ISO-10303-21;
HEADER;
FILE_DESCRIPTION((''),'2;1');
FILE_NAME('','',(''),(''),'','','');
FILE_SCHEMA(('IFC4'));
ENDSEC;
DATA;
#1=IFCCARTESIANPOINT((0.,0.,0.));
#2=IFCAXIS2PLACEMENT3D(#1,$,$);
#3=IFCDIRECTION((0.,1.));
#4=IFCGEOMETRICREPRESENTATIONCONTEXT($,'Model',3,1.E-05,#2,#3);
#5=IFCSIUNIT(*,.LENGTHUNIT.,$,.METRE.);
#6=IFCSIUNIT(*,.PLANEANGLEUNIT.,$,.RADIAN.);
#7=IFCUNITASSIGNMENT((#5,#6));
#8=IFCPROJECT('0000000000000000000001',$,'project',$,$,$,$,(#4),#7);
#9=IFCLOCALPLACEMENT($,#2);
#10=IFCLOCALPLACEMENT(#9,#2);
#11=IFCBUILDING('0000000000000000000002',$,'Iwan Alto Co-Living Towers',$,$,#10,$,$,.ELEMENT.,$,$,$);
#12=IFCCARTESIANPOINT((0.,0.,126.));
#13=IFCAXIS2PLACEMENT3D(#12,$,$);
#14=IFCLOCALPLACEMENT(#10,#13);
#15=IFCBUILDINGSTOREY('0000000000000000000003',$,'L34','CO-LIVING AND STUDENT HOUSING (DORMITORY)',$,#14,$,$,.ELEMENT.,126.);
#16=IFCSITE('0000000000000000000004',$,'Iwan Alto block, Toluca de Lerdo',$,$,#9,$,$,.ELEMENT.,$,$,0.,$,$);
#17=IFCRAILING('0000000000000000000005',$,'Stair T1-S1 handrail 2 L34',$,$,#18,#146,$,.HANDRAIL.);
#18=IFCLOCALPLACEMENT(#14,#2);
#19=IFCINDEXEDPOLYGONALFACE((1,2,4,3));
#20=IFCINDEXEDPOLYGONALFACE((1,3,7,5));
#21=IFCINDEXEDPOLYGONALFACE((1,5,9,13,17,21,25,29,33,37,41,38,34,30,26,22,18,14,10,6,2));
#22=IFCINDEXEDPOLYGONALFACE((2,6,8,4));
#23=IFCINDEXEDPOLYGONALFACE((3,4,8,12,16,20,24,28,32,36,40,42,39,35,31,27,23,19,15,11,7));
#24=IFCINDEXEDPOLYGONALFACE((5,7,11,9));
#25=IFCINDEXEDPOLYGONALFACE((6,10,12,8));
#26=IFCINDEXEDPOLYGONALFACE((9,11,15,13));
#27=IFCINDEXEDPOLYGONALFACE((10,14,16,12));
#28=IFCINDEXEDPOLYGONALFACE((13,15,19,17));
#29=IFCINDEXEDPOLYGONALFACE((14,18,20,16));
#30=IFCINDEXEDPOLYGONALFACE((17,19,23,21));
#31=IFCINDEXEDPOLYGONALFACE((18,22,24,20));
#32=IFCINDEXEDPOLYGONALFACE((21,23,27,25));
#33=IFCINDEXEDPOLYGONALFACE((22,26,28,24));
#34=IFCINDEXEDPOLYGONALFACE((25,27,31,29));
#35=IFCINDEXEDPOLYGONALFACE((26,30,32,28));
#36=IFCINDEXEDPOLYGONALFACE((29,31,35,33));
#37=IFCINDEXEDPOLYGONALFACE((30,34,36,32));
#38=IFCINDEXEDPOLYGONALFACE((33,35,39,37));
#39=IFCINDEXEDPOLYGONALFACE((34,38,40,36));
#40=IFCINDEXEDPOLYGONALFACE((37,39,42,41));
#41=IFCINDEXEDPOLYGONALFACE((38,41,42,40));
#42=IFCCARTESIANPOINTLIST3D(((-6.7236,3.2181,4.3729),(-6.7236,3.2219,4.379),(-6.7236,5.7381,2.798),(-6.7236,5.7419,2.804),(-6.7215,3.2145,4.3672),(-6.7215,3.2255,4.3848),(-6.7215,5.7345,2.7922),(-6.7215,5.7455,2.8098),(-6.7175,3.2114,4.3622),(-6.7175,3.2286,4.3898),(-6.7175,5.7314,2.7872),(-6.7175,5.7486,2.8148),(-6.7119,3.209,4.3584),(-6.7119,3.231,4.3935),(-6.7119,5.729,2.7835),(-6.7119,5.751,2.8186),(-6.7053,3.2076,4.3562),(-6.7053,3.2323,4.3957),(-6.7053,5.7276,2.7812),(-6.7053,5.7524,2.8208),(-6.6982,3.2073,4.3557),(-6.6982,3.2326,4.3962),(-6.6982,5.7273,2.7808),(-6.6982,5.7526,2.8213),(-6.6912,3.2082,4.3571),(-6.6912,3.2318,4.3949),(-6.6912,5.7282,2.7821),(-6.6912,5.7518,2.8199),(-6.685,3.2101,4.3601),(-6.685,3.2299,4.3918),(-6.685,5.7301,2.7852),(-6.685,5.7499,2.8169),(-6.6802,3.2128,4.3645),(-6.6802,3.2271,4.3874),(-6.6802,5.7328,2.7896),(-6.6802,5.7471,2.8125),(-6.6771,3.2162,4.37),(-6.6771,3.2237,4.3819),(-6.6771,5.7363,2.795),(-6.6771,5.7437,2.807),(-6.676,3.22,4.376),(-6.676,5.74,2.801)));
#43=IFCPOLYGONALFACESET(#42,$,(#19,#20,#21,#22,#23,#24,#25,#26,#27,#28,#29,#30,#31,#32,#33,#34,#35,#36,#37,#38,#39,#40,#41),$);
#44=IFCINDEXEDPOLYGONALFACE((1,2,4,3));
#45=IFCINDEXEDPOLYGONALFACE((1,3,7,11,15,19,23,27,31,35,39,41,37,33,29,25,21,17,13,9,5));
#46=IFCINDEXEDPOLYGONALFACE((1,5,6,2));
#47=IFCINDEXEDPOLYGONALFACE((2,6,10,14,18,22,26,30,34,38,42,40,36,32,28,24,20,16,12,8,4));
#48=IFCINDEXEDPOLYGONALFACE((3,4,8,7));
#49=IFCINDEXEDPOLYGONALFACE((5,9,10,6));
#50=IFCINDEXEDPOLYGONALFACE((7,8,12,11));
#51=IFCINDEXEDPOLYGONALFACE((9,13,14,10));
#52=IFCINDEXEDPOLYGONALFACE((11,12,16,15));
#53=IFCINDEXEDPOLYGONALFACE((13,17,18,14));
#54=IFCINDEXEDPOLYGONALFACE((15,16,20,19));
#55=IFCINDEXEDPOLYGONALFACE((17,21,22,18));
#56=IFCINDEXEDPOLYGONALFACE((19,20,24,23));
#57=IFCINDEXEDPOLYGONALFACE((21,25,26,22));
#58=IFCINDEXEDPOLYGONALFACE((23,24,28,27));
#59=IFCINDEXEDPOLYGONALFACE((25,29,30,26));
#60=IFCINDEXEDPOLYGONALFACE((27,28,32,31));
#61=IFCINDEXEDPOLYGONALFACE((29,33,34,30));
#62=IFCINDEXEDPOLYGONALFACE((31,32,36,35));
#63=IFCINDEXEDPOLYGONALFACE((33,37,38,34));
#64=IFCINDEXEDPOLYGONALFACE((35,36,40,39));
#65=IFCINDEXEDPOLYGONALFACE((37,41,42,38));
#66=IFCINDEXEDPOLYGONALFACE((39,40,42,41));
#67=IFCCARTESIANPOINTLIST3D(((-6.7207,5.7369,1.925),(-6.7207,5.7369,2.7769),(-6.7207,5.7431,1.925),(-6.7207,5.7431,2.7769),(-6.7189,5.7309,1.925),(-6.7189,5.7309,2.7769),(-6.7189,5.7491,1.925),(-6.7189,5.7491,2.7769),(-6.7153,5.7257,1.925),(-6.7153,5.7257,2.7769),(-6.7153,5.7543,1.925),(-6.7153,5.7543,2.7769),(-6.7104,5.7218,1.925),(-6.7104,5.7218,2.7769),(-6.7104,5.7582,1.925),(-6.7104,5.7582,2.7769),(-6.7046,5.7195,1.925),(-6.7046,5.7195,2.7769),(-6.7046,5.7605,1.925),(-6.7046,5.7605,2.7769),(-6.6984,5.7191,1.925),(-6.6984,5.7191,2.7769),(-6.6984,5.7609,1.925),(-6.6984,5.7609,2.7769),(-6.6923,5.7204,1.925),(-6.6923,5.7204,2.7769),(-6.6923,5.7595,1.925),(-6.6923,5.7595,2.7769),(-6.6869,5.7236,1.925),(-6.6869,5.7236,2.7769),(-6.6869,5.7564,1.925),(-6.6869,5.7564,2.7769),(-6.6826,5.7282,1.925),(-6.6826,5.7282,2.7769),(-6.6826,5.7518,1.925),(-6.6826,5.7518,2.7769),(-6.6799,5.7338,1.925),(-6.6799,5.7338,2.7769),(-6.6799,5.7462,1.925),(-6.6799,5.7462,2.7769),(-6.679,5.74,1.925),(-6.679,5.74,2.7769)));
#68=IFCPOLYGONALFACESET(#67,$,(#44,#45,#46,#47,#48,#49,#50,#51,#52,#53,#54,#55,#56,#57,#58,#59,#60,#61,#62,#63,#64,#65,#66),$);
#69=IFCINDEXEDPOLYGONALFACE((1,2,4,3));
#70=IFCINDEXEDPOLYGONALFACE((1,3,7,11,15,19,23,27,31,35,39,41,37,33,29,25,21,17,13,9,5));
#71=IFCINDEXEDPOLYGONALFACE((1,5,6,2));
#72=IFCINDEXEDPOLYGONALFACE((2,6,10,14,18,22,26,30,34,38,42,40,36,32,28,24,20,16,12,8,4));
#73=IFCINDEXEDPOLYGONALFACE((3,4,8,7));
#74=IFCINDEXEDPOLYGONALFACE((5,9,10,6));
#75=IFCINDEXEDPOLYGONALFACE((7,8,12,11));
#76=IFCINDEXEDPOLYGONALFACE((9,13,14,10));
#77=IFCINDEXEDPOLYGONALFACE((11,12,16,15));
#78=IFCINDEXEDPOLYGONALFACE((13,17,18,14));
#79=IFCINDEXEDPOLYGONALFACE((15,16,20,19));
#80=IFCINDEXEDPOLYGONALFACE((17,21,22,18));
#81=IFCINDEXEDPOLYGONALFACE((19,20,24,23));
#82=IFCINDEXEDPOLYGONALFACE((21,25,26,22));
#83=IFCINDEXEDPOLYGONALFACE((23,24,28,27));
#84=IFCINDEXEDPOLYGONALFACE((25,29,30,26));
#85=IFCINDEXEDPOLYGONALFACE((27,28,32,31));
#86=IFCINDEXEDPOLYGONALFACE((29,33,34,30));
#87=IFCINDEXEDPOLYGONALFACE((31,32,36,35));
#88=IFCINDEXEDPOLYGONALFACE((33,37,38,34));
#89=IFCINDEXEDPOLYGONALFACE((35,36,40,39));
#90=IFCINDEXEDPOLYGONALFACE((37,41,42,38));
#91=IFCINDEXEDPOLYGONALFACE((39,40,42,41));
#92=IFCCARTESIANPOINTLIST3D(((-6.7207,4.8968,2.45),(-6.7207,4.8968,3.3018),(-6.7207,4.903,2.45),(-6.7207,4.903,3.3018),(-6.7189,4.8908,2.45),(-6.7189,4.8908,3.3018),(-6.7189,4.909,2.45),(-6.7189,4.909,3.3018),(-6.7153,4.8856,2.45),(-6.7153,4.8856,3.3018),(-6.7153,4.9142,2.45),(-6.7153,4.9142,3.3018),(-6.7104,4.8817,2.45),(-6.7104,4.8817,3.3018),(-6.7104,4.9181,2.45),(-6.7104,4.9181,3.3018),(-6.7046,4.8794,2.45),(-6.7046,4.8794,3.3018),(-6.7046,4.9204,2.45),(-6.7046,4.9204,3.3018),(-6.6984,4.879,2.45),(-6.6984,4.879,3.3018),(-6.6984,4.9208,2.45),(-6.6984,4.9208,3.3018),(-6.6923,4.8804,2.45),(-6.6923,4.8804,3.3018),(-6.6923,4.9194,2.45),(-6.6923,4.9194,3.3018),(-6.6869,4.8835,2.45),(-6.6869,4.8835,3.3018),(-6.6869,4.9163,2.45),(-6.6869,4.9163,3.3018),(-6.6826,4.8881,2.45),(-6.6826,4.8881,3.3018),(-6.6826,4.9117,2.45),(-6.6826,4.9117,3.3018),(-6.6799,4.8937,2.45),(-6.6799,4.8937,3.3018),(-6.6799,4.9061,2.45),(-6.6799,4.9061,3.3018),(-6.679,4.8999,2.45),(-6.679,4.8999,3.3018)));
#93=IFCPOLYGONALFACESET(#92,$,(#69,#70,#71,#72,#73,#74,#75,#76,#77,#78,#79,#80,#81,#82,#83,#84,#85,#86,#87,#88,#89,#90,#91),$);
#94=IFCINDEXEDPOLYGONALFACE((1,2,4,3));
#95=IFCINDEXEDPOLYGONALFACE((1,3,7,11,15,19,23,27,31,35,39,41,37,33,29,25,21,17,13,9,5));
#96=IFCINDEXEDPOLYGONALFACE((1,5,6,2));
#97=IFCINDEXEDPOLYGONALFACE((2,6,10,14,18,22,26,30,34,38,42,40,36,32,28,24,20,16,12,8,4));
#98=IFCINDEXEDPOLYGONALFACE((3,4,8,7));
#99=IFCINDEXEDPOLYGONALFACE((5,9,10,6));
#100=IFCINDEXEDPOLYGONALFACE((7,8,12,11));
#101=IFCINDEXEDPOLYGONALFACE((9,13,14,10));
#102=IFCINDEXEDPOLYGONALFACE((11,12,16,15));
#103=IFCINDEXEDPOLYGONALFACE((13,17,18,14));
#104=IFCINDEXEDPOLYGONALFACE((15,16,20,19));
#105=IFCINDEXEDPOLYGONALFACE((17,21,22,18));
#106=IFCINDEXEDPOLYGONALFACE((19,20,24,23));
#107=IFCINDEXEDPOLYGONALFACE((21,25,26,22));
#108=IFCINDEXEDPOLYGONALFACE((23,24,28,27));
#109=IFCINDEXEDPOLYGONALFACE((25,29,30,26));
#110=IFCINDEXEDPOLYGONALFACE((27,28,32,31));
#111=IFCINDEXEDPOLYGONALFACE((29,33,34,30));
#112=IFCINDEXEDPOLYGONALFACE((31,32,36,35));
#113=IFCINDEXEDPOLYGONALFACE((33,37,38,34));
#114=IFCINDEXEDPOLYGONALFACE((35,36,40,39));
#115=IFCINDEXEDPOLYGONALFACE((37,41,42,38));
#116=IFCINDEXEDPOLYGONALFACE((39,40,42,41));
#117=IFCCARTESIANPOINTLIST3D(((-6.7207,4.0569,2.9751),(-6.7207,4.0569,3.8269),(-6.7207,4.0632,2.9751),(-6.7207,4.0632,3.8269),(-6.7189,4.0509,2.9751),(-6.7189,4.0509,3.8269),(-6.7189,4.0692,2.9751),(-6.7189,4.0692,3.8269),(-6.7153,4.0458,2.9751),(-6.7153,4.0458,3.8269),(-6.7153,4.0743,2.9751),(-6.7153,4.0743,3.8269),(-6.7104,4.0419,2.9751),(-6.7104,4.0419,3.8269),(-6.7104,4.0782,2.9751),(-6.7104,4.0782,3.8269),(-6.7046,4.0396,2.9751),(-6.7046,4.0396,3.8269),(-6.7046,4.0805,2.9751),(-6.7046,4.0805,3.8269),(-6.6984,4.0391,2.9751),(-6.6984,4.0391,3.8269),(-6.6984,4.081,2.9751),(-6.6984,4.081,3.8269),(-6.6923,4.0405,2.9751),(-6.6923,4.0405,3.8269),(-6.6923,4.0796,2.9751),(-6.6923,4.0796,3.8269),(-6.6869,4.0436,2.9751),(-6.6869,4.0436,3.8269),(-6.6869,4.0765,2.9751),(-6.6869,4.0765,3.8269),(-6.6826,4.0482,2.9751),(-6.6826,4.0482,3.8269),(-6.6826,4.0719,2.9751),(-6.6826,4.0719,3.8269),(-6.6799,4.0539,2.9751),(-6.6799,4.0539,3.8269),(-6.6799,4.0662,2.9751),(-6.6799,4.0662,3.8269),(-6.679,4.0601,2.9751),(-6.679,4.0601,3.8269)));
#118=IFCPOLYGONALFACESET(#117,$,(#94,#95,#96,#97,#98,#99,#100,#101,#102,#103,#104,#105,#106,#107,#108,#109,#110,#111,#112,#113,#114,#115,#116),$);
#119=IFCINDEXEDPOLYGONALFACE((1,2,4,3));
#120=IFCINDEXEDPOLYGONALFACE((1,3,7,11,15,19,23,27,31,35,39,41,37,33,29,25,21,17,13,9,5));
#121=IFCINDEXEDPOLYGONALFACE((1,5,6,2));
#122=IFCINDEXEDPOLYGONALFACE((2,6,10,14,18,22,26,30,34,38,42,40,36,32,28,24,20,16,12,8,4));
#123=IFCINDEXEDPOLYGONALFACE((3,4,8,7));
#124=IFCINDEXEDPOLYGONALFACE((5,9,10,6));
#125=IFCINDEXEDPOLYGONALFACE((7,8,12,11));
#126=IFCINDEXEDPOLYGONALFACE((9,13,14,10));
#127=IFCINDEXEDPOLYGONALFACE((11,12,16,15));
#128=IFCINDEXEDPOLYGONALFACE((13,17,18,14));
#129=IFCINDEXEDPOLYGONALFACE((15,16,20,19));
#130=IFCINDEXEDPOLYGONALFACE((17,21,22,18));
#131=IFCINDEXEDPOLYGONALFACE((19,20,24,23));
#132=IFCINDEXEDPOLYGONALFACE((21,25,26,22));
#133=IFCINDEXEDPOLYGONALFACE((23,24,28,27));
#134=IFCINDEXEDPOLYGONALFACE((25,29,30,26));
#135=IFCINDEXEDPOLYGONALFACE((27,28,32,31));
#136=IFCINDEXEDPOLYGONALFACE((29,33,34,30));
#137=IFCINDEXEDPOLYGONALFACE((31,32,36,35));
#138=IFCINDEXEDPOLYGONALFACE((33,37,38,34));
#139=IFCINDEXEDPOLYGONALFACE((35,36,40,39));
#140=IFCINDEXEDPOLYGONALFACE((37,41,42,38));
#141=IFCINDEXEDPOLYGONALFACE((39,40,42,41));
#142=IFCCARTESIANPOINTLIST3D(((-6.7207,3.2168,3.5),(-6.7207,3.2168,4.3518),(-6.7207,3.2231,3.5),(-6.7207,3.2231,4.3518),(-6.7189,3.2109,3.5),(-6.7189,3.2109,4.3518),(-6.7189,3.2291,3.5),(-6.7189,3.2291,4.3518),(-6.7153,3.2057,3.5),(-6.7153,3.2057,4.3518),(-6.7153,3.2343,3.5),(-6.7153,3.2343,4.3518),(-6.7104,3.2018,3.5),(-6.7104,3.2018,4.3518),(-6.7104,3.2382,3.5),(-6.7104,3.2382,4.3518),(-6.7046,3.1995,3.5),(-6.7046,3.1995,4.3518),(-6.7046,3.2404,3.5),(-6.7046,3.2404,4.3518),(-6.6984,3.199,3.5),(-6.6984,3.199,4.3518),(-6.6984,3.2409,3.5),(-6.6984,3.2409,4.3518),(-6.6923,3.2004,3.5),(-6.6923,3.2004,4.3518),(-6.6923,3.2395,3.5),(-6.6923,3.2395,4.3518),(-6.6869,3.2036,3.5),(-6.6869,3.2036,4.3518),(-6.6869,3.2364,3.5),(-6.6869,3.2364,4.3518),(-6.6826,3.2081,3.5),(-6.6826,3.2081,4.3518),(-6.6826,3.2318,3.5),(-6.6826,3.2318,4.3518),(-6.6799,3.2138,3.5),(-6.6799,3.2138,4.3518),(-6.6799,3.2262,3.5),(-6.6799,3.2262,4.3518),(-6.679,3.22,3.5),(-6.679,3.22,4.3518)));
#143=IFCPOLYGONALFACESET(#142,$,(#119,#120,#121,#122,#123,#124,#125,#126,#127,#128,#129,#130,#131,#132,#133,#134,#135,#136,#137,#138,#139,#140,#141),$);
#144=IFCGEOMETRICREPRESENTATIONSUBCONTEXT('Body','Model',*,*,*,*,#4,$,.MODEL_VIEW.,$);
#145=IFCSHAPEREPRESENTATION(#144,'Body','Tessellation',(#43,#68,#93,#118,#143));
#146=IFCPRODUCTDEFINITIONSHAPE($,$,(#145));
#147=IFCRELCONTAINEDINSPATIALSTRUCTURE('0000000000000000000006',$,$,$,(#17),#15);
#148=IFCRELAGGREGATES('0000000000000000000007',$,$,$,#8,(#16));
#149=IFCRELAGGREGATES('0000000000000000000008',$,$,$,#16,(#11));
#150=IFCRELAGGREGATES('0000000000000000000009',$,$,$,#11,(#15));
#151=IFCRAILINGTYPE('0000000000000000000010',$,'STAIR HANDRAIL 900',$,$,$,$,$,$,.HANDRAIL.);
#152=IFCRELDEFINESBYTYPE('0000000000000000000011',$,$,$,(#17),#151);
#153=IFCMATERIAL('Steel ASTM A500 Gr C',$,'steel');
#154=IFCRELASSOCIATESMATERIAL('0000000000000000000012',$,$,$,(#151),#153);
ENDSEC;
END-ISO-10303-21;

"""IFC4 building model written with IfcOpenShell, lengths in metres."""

from ifc_helpers import new_model, si_unit, direction, frame, origin, origin_2d, place, context, subcontext, project, spatial, circle, extrude, material, type_object, element, save


model = new_model("IFC4")

# Units and contexts
model_context = context("Model", 3, precision=1e-05, world=origin(), true_north=direction((0.0, 1.0)))
body_context = subcontext(model_context, "Body", "Model", "MODEL_VIEW")
ifc_project = project(units=[si_unit("LENGTHUNIT", "METRE"), si_unit("PLANEANGLEUNIT", "RADIAN")], contexts=[model_context])

# Site, building, storey
site_placement = place(None, origin())
site = spatial("IfcSite", under=ifc_project, at=site_placement, Name="Iwan Alto block, Toluca de Lerdo", CompositionType="ELEMENT", RefElevation=0.0)
building_placement = place(site_placement, origin())
building = spatial("IfcBuilding", under=site, at=building_placement, Name="Iwan Alto Co-Living Towers", CompositionType="ELEMENT")
storey_placement = place(building_placement, frame((0.0, 0.0, 126.0)))
storey = spatial("IfcBuildingStorey", under=building, at=storey_placement, Name="L34", Description="CO-LIVING AND STUDENT HOUSING (DORMITORY)", CompositionType="ELEMENT", Elevation=126.0)

# Railing
ifc_material_1 = material(Name="Steel ASTM A500 Gr C", Category="steel")
railing_type_1 = type_object("IfcRailingType", Name="STAIR HANDRAIL 900", PredefinedType="HANDRAIL", material=ifc_material_1)
railing_1_placement = place(storey_placement, frame((-6.7, 5.74, 1.925)))
element("IfcRailing", 1, at=railing_1_placement, inside=storey, type_object=railing_type_1, Name="Stair T1-S1 handrail 2 L34", PredefinedType="HANDRAIL", context=body_context, shape_type="SweptSolid", body=[
    extrude(circle(Radius=0.0239, at=origin_2d()), frame((0.0, 0.0, 0.876), z_axis=(0.0, -0.848008, 0.529984), x_axis=(1.0, 0.0, 0.0)), (0.0, 0.0, 1.0), 2.9717),
    extrude(circle(Radius=0.021, at=origin_2d()), origin(), (0.0, 0.0, 1.0), 0.8518),
    extrude(circle(Radius=0.021, at=origin_2d()), frame((0.0, -0.8401, 0.5249)), (0.0, 0.0, 1.0), 0.8518),
    extrude(circle(Radius=0.021, at=origin_2d()), frame((0.0, -1.6799, 1.05)), (0.0, 0.0, 1.0), 0.8518),
    extrude(circle(Radius=0.021, at=origin_2d()), frame((0.0, -2.52, 1.575)), (0.0, 0.0, 1.0), 0.8518),
])

save(model, "model.ifc")
